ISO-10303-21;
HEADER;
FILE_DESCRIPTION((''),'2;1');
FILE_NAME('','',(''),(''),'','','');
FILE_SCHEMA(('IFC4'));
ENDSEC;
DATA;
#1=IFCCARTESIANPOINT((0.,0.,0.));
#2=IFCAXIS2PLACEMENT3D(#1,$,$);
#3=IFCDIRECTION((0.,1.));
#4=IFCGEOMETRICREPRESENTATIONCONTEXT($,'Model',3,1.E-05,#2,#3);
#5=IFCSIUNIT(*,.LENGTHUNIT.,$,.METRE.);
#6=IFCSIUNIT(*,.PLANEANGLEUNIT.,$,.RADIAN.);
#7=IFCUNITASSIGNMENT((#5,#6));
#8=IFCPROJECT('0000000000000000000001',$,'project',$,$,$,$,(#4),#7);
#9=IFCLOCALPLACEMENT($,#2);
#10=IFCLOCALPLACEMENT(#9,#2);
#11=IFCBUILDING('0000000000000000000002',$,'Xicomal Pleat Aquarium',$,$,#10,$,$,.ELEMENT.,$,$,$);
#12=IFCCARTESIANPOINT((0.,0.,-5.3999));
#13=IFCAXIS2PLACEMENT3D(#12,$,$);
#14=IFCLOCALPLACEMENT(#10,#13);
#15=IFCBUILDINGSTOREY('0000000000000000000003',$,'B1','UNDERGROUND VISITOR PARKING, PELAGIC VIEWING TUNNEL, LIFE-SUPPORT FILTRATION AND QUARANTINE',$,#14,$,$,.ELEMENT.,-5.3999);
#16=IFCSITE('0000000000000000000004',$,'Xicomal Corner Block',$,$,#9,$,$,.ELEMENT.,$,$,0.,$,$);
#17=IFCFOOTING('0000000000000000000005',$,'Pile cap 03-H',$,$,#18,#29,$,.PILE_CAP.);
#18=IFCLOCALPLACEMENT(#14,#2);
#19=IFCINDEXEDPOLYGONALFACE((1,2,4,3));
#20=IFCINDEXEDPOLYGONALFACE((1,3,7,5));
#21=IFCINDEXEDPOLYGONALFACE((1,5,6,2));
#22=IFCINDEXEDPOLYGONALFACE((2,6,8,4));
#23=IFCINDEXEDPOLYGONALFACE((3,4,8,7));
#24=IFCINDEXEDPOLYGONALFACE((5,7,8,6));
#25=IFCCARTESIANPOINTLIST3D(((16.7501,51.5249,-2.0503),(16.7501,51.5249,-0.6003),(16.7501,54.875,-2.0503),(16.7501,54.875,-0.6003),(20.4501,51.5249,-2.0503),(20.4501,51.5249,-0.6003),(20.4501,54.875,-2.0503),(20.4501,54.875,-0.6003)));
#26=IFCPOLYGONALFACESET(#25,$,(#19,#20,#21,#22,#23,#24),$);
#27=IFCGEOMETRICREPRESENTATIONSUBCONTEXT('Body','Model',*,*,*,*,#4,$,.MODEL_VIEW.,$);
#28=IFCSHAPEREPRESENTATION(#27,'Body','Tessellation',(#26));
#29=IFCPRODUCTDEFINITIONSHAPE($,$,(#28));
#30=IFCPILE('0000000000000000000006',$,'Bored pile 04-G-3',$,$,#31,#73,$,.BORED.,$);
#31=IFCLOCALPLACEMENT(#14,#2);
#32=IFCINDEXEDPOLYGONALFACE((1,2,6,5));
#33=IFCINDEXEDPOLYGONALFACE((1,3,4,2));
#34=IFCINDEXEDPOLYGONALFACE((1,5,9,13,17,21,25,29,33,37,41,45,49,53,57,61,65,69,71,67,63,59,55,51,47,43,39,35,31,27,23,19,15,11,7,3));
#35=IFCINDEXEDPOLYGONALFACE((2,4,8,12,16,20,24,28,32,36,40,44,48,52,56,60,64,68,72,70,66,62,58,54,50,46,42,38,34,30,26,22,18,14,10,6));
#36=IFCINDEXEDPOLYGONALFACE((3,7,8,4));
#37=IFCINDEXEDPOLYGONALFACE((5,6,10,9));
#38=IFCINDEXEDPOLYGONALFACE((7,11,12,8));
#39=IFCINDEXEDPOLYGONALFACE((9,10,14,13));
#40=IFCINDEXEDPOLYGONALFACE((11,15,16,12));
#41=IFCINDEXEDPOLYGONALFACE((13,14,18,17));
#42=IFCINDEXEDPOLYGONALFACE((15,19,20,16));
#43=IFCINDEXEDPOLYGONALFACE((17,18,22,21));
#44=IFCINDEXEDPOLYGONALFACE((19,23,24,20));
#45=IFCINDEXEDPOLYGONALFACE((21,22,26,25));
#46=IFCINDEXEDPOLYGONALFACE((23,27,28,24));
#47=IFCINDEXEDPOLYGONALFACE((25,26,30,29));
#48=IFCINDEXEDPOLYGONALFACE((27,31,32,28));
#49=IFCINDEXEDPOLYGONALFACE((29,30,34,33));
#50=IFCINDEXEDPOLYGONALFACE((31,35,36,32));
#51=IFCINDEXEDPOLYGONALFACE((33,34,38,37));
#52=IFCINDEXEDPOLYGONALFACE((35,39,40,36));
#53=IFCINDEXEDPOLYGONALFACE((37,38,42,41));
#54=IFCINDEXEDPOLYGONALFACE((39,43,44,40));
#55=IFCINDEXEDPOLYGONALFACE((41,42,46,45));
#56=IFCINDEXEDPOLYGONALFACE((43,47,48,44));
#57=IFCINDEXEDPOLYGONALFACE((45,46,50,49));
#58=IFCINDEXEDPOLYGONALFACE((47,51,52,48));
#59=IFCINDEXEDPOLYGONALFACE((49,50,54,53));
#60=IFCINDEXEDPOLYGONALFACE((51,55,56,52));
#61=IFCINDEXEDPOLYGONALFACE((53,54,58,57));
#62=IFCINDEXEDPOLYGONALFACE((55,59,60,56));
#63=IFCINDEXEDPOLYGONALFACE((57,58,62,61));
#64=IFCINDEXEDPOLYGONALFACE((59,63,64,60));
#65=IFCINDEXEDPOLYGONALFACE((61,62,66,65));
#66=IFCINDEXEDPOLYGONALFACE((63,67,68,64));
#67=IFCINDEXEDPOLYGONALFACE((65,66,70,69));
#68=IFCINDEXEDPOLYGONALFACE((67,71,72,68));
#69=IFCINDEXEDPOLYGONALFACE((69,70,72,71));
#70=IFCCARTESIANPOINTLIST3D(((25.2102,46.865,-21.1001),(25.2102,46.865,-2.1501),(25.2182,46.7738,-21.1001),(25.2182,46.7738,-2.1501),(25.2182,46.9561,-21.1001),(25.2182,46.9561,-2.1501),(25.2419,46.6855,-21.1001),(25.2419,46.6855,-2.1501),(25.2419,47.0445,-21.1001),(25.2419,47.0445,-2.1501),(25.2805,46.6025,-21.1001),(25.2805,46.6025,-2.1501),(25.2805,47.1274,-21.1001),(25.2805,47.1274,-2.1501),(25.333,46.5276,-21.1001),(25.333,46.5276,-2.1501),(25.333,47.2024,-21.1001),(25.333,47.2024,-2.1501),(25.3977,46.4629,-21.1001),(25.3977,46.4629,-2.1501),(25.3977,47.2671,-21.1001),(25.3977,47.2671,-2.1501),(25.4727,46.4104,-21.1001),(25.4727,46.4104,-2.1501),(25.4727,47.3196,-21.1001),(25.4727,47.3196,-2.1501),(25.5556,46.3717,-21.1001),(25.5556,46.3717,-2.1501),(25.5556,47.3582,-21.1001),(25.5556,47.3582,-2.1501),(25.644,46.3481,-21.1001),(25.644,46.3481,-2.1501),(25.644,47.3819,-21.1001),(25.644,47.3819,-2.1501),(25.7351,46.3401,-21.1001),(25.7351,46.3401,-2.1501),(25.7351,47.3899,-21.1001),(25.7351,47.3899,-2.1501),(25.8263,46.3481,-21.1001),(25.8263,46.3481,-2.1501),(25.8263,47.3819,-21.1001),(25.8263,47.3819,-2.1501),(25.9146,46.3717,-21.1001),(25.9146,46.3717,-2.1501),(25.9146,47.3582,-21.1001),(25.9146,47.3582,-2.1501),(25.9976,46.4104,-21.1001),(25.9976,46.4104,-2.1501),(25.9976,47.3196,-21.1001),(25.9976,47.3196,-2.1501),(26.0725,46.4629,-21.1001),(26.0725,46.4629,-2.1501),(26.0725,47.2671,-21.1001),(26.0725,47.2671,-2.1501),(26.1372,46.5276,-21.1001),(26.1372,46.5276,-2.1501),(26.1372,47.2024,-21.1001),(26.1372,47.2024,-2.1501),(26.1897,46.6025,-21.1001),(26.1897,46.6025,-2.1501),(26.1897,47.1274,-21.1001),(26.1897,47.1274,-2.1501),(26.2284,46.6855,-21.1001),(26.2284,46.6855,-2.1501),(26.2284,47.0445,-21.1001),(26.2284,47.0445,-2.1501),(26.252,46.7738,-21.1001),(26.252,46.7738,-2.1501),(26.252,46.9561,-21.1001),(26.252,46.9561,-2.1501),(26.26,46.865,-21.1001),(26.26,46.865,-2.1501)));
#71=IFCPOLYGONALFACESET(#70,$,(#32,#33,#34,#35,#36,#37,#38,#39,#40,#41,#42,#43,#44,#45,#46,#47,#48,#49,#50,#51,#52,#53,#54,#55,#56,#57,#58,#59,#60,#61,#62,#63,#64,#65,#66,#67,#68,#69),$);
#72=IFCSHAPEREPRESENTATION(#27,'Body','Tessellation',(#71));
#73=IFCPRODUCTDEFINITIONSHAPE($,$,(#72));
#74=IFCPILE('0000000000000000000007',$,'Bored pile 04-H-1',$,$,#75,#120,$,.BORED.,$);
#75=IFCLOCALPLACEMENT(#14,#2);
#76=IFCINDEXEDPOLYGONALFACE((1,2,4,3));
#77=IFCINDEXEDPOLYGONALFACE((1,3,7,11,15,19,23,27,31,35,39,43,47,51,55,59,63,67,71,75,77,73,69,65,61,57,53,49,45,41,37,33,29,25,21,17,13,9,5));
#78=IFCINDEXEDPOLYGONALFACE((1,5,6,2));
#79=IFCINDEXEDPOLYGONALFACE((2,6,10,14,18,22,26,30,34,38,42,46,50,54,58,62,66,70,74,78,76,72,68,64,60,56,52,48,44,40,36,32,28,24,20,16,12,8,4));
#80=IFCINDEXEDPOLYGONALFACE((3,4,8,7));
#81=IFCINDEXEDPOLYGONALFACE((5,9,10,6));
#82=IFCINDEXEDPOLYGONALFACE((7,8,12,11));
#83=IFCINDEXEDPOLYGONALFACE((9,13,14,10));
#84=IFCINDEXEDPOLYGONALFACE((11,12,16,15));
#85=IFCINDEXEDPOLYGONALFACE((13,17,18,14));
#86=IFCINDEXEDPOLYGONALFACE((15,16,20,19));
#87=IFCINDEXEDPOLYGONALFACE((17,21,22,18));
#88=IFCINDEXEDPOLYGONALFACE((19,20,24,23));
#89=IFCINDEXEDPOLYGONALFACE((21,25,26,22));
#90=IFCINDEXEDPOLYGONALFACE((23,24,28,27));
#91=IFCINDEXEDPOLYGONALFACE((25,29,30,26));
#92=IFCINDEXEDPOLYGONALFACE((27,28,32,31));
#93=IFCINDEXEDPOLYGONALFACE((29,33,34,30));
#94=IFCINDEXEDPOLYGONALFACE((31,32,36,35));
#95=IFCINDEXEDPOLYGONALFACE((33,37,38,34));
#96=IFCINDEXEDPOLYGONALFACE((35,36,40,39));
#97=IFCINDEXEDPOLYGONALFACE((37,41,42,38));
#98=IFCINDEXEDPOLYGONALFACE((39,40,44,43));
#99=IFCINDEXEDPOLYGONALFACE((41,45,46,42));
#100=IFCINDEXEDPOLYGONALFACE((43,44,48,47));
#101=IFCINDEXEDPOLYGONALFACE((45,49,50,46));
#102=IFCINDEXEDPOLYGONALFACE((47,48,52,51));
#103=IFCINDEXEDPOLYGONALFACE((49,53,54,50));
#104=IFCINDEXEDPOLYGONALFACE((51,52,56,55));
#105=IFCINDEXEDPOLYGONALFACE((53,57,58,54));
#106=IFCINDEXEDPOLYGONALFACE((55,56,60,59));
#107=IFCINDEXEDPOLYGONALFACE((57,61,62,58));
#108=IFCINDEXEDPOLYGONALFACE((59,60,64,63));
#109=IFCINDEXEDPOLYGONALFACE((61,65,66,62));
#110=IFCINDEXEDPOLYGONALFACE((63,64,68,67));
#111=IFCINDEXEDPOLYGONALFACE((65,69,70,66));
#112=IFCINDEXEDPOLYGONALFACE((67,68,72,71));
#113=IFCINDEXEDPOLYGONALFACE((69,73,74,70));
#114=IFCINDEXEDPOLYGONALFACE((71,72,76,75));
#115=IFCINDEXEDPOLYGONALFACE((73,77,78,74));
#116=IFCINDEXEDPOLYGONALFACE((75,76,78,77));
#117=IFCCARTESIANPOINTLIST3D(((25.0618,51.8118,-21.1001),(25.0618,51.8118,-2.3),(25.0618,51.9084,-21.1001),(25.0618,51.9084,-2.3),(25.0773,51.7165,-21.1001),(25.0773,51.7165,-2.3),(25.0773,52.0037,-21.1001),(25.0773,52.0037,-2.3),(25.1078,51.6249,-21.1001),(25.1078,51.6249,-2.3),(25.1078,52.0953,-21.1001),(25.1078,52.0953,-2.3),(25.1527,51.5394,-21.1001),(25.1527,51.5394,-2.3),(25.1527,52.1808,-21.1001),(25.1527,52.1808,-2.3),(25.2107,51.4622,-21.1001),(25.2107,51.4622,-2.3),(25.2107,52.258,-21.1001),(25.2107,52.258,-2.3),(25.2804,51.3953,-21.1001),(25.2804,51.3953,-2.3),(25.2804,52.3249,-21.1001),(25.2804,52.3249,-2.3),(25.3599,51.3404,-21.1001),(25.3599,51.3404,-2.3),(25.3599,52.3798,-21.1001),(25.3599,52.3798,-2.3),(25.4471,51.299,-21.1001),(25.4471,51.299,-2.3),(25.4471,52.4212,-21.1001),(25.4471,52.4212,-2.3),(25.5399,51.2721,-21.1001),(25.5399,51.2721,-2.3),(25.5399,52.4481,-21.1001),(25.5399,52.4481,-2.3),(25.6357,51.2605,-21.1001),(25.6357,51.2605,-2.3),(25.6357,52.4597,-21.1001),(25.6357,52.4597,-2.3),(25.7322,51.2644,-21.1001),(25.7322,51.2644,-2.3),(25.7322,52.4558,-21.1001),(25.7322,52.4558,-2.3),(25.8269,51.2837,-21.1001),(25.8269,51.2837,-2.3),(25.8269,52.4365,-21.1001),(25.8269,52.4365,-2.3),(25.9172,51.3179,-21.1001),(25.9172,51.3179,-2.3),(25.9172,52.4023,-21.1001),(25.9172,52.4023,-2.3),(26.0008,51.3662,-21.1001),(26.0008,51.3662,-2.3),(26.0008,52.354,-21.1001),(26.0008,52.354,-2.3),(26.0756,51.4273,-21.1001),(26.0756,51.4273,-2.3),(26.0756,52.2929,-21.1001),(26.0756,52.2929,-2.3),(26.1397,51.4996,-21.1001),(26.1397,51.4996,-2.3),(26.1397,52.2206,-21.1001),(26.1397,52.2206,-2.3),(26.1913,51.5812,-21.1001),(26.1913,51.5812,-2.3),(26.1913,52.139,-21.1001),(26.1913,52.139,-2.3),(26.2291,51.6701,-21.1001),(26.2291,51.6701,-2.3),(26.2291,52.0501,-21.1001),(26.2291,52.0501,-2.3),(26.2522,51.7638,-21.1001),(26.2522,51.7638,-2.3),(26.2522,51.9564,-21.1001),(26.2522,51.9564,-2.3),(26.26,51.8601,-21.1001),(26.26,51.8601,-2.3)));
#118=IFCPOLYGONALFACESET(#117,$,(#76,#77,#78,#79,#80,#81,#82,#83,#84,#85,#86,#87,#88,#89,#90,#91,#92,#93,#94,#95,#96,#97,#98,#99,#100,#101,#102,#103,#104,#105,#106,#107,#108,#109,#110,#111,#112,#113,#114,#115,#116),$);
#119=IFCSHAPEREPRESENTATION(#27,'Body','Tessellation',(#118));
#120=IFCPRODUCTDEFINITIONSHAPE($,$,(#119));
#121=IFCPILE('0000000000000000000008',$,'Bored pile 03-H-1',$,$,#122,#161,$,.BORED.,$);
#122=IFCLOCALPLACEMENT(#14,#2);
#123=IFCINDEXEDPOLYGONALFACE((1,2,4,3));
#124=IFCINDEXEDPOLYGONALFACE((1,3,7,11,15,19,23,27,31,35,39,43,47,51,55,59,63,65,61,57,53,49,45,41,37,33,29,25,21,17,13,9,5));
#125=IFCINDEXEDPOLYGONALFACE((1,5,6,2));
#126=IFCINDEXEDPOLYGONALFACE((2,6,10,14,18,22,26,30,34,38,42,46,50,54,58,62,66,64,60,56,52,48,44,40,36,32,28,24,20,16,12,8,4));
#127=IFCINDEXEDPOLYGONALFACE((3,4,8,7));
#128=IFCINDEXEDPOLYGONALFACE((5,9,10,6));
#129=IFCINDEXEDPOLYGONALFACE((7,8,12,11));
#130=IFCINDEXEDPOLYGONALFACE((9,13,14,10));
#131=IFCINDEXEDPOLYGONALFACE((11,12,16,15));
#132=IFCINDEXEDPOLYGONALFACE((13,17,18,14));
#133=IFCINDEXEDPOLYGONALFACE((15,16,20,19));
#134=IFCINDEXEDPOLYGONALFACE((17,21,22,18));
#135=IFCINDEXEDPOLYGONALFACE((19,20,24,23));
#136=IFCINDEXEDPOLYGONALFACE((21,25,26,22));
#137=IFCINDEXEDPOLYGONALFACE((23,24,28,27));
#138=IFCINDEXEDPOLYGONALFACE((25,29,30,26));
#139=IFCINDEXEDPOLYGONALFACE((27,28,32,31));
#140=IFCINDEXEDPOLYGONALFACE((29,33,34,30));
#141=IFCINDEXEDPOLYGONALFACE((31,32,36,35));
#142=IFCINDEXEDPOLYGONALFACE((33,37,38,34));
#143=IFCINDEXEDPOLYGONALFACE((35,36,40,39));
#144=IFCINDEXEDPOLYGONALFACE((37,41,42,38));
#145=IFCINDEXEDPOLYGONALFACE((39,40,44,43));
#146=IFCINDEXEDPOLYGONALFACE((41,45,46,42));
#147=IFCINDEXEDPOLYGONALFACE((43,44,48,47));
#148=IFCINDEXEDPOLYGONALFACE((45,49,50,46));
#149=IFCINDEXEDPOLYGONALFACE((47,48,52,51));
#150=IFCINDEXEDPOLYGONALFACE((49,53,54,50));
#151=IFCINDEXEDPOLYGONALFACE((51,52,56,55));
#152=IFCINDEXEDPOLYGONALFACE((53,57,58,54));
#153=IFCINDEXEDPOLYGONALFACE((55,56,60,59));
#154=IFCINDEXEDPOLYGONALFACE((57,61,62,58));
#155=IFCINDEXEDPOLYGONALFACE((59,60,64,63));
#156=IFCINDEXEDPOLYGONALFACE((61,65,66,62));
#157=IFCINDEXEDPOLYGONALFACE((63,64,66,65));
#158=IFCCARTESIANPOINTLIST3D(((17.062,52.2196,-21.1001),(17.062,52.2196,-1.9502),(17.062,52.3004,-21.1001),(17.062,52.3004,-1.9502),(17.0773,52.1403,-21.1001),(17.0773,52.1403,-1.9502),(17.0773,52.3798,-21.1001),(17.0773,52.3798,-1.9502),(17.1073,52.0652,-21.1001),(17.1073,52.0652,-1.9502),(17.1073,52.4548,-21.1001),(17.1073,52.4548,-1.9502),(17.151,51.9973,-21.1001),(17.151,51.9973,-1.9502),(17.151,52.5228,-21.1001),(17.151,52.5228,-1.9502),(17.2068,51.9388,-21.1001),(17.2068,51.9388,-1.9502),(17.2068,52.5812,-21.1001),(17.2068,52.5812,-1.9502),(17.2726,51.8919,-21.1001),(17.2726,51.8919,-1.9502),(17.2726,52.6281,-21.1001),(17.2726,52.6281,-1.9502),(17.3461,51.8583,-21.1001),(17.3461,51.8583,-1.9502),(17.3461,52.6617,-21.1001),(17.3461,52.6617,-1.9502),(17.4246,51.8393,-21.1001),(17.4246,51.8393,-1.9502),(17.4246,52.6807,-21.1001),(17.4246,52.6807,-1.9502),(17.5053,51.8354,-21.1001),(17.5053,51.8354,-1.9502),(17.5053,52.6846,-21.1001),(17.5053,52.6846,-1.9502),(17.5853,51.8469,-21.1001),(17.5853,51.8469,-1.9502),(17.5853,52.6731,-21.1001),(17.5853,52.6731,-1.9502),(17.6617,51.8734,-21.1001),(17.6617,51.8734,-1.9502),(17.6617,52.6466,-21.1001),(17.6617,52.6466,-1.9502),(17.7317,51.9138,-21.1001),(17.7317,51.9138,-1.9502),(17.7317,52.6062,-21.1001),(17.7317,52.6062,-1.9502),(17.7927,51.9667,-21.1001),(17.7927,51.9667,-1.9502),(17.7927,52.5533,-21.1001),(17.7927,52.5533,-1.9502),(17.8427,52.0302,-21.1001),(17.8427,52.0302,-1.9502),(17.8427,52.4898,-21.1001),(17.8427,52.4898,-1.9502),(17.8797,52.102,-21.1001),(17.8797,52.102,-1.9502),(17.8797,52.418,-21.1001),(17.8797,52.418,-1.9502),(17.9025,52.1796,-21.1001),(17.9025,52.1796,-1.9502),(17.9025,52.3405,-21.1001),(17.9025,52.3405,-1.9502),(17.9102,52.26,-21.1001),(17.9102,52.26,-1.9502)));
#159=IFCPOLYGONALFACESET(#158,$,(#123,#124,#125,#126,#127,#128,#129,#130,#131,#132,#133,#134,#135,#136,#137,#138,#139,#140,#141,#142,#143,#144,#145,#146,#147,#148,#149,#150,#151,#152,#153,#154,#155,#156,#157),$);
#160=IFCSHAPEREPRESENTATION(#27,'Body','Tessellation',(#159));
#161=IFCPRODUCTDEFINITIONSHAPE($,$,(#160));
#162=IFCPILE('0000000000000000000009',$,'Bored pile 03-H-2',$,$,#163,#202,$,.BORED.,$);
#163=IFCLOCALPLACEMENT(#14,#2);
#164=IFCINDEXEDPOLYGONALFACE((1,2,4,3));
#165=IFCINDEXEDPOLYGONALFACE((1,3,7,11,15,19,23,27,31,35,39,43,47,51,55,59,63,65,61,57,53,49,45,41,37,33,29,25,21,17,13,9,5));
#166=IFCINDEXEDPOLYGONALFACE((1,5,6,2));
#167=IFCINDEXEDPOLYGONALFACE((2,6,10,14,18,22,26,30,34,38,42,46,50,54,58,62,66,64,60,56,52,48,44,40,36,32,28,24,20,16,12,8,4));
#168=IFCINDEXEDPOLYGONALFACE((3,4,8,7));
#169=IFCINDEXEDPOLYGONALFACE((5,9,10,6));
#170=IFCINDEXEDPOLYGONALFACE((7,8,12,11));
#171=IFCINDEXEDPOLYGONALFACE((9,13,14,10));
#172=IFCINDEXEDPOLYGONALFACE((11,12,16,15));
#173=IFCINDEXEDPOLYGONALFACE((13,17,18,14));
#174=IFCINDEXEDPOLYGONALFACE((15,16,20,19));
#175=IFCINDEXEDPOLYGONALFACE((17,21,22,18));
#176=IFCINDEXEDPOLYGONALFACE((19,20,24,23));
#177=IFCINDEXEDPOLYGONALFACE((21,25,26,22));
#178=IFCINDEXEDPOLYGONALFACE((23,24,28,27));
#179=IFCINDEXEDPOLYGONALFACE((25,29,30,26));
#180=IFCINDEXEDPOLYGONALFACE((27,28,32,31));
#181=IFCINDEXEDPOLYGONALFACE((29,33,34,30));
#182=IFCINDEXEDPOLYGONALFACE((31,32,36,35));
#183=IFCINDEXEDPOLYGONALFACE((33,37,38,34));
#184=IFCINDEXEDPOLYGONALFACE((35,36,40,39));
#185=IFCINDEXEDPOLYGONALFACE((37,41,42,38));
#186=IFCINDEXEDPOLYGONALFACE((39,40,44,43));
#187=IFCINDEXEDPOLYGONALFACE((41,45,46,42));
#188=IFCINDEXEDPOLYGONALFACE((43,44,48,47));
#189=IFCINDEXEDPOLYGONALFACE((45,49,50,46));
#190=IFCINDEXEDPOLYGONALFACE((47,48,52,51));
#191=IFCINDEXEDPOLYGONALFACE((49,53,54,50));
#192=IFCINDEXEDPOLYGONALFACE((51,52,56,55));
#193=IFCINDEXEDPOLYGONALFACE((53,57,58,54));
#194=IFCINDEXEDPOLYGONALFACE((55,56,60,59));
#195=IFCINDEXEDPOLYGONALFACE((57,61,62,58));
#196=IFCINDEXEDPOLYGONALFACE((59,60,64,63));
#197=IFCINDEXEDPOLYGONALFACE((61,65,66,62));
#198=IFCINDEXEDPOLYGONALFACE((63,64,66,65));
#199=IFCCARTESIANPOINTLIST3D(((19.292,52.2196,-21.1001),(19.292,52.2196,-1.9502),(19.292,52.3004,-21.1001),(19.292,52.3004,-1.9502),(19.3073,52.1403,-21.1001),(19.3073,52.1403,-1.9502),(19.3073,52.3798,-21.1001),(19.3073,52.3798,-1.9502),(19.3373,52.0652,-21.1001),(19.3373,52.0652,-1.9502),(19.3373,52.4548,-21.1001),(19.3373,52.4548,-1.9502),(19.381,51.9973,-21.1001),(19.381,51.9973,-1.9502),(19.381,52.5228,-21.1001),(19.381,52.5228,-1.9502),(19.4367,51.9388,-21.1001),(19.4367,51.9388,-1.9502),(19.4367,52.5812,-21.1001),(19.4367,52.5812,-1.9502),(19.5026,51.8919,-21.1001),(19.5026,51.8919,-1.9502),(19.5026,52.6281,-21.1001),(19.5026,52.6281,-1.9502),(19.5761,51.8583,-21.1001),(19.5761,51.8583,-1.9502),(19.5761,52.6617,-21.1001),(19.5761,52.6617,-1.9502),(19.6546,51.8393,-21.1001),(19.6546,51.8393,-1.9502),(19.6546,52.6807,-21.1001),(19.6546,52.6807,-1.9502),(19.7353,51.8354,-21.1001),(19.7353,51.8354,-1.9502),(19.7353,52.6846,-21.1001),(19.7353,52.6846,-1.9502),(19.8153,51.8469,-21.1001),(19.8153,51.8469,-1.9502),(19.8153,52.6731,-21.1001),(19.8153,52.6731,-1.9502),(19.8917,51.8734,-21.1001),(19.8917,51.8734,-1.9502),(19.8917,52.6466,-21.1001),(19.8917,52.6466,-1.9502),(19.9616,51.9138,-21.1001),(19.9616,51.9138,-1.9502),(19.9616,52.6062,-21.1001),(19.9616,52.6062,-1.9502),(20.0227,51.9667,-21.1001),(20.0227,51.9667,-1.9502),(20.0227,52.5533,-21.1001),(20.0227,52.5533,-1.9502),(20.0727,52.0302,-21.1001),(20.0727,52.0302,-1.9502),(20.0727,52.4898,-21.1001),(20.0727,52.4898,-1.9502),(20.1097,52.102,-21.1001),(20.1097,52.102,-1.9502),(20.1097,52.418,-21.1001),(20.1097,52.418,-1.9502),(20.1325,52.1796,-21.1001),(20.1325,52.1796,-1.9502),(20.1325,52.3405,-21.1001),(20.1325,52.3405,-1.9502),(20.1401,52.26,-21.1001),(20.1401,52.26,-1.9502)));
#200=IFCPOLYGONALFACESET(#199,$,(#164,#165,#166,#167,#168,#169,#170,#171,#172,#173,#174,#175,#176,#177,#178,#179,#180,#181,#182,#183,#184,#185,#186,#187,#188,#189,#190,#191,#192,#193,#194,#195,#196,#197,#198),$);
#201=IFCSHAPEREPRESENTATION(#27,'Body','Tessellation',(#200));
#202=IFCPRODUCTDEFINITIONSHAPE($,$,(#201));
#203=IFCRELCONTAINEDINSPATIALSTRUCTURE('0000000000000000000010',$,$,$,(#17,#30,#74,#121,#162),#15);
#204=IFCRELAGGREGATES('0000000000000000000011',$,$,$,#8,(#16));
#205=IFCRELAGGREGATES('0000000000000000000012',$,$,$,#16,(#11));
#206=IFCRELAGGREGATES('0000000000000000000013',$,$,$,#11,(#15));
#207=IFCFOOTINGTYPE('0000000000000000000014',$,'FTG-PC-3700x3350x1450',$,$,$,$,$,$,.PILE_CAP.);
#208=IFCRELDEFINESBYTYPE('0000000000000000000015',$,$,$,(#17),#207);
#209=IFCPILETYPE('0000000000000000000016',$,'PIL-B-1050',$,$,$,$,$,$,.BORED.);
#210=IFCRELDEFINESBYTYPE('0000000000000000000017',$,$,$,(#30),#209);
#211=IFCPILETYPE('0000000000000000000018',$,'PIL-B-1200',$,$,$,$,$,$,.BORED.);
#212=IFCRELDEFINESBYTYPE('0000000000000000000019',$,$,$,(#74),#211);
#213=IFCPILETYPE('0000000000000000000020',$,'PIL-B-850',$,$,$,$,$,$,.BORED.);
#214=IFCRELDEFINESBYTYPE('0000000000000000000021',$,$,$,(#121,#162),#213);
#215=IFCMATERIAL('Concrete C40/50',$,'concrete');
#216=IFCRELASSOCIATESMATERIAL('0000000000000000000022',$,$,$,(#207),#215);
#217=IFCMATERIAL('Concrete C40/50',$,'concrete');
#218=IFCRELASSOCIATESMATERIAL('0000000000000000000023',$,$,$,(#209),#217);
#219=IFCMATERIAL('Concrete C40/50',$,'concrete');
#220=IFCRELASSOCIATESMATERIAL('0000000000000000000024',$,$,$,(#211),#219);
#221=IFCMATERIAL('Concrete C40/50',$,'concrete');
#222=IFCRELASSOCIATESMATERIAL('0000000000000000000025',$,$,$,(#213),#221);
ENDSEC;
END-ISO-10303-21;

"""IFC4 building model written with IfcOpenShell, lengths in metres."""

from ifc_helpers import new_model, si_unit, direction, frame, origin, origin_2d, place, context, subcontext, project, spatial, rectangle, circle, extrude, material, material_profile, profile_set, type_object, element, save


model = new_model("IFC4")

# Units and contexts
model_context = context("Model", 3, precision=1e-05, world=origin(), true_north=direction((0.0, 1.0)))
body_context = subcontext(model_context, "Body", "Model", "MODEL_VIEW")
ifc_project = project(units=[si_unit("LENGTHUNIT", "METRE"), si_unit("PLANEANGLEUNIT", "RADIAN")], contexts=[model_context])

# Site, building, storey
site_placement = place(None, origin())
site = spatial("IfcSite", under=ifc_project, at=site_placement, Name="Xicomal Corner Block", CompositionType="ELEMENT", RefElevation=0.0)
building_placement = place(site_placement, origin())
building = spatial("IfcBuilding", under=site, at=building_placement, Name="Xicomal Pleat Aquarium", CompositionType="ELEMENT")
storey_placement = place(building_placement, frame((0.0, 0.0, -5.3999)))
storey = spatial("IfcBuildingStorey", under=building, at=storey_placement, Name="B1", Description="UNDERGROUND VISITOR PARKING, PELAGIC VIEWING TUNNEL, LIFE-SUPPORT FILTRATION AND QUARANTINE", CompositionType="ELEMENT", Elevation=-5.3999)

# Footing
ifc_material_1 = material(Name="Concrete C40/50", Category="concrete")
footing_type = type_object("IfcFootingType", Name="FTG-PC-3700x3350x1450", PredefinedType="PILE_CAP", material=ifc_material_1)
footing_placement = place(storey_placement, frame((18.6001, 53.2, -2.0503), z_axis=(0.0, 0.0, 1.0), x_axis=(1.0, 0.0, 0.0)))
element("IfcFooting", 1, at=footing_placement, inside=storey, type_object=footing_type, Name="Pile cap 03-H", PredefinedType="PILE_CAP", context=body_context, shape_type="SweptSolid", body=[
    extrude(rectangle(XDim=3.7, YDim=3.3501, at=origin_2d()), origin(), (0.0, 0.0, 1.0), 1.45),
])

# Piles
ifc_material_2 = material(Name="Concrete C40/50", Category="concrete")
ifc_material_profile_1 = material_profile(ifc_material_2, circle(Radius=0.5249, at=origin_2d()), Name="BORED PILE D1050")
ifc_profile_set_1 = profile_set([ifc_material_profile_1], Name="Concrete C40/50")
pile_type_1 = type_object("IfcPileType", Name="PIL-B-1050", PredefinedType="BORED", material=ifc_profile_set_1)
pile_1_placement = place(storey_placement, frame((25.7351, 46.865, -2.1501), z_axis=(0.0, 0.0, -1.0), x_axis=(1.0, 0.0, 0.0)))
element("IfcPile", 2, at=pile_1_placement, inside=storey, type_object=pile_type_1, Name="Bored pile 04-G-3", PredefinedType="BORED", context=body_context, shape_type="SweptSolid", body=[
    extrude(circle(Radius=0.5249, at=origin_2d()), origin(), (0.0, 0.0, 1.0), 18.95),
])
ifc_material_3 = material(Name="Concrete C40/50", Category="concrete")
ifc_material_profile_2 = material_profile(ifc_material_3, circle(Radius=0.6001, at=origin_2d()), Name="BORED PILE D1200")
ifc_profile_set_2 = profile_set([ifc_material_profile_2], Name="Concrete C40/50")
pile_type_2 = type_object("IfcPileType", Name="PIL-B-1200", PredefinedType="BORED", material=ifc_profile_set_2)
pile_2_placement = place(storey_placement, frame((25.6599, 51.8601, -2.3), z_axis=(0.0, 0.0, -1.0), x_axis=(1.0, 0.0, 0.0)))
element("IfcPile", 3, at=pile_2_placement, inside=storey, type_object=pile_type_2, Name="Bored pile 04-H-1", PredefinedType="BORED", context=body_context, shape_type="SweptSolid", body=[
    extrude(circle(Radius=0.6001, at=origin_2d()), origin(), (0.0, 0.0, 1.0), 18.8),
])
ifc_material_4 = material(Name="Concrete C40/50", Category="concrete")
ifc_material_profile_3 = material_profile(ifc_material_4, circle(Radius=0.425, at=origin_2d()), Name="BORED PILE D850")
ifc_profile_set_3 = profile_set([ifc_material_profile_3], Name="Concrete C40/50")
pile_type_3 = type_object("IfcPileType", Name="PIL-B-850", PredefinedType="BORED", material=ifc_profile_set_3)
for number, where, z_axis, x_axis, name in (
    (4, (17.4851, 52.26, -1.9502), (0.0, 0.0, -1.0), (1.0, 0.0, 0.0), "Bored pile 03-H-1"),
    (5, (19.7151, 52.26, -1.9502), (0.0, 0.0, -1.0), (1.0, 0.0, 0.0), "Bored pile 03-H-2"),
):
    element("IfcPile", number, at=place(storey_placement, frame(where, z_axis=z_axis, x_axis=x_axis)), inside=storey, type_object=pile_type_3, Name=name, PredefinedType="BORED", context=body_context, shape_type="SweptSolid", body=[
        extrude(circle(Radius=0.425, at=origin_2d()), origin(), (0.0, 0.0, 1.0), 19.1499),
    ])

save(model, "model.ifc")
